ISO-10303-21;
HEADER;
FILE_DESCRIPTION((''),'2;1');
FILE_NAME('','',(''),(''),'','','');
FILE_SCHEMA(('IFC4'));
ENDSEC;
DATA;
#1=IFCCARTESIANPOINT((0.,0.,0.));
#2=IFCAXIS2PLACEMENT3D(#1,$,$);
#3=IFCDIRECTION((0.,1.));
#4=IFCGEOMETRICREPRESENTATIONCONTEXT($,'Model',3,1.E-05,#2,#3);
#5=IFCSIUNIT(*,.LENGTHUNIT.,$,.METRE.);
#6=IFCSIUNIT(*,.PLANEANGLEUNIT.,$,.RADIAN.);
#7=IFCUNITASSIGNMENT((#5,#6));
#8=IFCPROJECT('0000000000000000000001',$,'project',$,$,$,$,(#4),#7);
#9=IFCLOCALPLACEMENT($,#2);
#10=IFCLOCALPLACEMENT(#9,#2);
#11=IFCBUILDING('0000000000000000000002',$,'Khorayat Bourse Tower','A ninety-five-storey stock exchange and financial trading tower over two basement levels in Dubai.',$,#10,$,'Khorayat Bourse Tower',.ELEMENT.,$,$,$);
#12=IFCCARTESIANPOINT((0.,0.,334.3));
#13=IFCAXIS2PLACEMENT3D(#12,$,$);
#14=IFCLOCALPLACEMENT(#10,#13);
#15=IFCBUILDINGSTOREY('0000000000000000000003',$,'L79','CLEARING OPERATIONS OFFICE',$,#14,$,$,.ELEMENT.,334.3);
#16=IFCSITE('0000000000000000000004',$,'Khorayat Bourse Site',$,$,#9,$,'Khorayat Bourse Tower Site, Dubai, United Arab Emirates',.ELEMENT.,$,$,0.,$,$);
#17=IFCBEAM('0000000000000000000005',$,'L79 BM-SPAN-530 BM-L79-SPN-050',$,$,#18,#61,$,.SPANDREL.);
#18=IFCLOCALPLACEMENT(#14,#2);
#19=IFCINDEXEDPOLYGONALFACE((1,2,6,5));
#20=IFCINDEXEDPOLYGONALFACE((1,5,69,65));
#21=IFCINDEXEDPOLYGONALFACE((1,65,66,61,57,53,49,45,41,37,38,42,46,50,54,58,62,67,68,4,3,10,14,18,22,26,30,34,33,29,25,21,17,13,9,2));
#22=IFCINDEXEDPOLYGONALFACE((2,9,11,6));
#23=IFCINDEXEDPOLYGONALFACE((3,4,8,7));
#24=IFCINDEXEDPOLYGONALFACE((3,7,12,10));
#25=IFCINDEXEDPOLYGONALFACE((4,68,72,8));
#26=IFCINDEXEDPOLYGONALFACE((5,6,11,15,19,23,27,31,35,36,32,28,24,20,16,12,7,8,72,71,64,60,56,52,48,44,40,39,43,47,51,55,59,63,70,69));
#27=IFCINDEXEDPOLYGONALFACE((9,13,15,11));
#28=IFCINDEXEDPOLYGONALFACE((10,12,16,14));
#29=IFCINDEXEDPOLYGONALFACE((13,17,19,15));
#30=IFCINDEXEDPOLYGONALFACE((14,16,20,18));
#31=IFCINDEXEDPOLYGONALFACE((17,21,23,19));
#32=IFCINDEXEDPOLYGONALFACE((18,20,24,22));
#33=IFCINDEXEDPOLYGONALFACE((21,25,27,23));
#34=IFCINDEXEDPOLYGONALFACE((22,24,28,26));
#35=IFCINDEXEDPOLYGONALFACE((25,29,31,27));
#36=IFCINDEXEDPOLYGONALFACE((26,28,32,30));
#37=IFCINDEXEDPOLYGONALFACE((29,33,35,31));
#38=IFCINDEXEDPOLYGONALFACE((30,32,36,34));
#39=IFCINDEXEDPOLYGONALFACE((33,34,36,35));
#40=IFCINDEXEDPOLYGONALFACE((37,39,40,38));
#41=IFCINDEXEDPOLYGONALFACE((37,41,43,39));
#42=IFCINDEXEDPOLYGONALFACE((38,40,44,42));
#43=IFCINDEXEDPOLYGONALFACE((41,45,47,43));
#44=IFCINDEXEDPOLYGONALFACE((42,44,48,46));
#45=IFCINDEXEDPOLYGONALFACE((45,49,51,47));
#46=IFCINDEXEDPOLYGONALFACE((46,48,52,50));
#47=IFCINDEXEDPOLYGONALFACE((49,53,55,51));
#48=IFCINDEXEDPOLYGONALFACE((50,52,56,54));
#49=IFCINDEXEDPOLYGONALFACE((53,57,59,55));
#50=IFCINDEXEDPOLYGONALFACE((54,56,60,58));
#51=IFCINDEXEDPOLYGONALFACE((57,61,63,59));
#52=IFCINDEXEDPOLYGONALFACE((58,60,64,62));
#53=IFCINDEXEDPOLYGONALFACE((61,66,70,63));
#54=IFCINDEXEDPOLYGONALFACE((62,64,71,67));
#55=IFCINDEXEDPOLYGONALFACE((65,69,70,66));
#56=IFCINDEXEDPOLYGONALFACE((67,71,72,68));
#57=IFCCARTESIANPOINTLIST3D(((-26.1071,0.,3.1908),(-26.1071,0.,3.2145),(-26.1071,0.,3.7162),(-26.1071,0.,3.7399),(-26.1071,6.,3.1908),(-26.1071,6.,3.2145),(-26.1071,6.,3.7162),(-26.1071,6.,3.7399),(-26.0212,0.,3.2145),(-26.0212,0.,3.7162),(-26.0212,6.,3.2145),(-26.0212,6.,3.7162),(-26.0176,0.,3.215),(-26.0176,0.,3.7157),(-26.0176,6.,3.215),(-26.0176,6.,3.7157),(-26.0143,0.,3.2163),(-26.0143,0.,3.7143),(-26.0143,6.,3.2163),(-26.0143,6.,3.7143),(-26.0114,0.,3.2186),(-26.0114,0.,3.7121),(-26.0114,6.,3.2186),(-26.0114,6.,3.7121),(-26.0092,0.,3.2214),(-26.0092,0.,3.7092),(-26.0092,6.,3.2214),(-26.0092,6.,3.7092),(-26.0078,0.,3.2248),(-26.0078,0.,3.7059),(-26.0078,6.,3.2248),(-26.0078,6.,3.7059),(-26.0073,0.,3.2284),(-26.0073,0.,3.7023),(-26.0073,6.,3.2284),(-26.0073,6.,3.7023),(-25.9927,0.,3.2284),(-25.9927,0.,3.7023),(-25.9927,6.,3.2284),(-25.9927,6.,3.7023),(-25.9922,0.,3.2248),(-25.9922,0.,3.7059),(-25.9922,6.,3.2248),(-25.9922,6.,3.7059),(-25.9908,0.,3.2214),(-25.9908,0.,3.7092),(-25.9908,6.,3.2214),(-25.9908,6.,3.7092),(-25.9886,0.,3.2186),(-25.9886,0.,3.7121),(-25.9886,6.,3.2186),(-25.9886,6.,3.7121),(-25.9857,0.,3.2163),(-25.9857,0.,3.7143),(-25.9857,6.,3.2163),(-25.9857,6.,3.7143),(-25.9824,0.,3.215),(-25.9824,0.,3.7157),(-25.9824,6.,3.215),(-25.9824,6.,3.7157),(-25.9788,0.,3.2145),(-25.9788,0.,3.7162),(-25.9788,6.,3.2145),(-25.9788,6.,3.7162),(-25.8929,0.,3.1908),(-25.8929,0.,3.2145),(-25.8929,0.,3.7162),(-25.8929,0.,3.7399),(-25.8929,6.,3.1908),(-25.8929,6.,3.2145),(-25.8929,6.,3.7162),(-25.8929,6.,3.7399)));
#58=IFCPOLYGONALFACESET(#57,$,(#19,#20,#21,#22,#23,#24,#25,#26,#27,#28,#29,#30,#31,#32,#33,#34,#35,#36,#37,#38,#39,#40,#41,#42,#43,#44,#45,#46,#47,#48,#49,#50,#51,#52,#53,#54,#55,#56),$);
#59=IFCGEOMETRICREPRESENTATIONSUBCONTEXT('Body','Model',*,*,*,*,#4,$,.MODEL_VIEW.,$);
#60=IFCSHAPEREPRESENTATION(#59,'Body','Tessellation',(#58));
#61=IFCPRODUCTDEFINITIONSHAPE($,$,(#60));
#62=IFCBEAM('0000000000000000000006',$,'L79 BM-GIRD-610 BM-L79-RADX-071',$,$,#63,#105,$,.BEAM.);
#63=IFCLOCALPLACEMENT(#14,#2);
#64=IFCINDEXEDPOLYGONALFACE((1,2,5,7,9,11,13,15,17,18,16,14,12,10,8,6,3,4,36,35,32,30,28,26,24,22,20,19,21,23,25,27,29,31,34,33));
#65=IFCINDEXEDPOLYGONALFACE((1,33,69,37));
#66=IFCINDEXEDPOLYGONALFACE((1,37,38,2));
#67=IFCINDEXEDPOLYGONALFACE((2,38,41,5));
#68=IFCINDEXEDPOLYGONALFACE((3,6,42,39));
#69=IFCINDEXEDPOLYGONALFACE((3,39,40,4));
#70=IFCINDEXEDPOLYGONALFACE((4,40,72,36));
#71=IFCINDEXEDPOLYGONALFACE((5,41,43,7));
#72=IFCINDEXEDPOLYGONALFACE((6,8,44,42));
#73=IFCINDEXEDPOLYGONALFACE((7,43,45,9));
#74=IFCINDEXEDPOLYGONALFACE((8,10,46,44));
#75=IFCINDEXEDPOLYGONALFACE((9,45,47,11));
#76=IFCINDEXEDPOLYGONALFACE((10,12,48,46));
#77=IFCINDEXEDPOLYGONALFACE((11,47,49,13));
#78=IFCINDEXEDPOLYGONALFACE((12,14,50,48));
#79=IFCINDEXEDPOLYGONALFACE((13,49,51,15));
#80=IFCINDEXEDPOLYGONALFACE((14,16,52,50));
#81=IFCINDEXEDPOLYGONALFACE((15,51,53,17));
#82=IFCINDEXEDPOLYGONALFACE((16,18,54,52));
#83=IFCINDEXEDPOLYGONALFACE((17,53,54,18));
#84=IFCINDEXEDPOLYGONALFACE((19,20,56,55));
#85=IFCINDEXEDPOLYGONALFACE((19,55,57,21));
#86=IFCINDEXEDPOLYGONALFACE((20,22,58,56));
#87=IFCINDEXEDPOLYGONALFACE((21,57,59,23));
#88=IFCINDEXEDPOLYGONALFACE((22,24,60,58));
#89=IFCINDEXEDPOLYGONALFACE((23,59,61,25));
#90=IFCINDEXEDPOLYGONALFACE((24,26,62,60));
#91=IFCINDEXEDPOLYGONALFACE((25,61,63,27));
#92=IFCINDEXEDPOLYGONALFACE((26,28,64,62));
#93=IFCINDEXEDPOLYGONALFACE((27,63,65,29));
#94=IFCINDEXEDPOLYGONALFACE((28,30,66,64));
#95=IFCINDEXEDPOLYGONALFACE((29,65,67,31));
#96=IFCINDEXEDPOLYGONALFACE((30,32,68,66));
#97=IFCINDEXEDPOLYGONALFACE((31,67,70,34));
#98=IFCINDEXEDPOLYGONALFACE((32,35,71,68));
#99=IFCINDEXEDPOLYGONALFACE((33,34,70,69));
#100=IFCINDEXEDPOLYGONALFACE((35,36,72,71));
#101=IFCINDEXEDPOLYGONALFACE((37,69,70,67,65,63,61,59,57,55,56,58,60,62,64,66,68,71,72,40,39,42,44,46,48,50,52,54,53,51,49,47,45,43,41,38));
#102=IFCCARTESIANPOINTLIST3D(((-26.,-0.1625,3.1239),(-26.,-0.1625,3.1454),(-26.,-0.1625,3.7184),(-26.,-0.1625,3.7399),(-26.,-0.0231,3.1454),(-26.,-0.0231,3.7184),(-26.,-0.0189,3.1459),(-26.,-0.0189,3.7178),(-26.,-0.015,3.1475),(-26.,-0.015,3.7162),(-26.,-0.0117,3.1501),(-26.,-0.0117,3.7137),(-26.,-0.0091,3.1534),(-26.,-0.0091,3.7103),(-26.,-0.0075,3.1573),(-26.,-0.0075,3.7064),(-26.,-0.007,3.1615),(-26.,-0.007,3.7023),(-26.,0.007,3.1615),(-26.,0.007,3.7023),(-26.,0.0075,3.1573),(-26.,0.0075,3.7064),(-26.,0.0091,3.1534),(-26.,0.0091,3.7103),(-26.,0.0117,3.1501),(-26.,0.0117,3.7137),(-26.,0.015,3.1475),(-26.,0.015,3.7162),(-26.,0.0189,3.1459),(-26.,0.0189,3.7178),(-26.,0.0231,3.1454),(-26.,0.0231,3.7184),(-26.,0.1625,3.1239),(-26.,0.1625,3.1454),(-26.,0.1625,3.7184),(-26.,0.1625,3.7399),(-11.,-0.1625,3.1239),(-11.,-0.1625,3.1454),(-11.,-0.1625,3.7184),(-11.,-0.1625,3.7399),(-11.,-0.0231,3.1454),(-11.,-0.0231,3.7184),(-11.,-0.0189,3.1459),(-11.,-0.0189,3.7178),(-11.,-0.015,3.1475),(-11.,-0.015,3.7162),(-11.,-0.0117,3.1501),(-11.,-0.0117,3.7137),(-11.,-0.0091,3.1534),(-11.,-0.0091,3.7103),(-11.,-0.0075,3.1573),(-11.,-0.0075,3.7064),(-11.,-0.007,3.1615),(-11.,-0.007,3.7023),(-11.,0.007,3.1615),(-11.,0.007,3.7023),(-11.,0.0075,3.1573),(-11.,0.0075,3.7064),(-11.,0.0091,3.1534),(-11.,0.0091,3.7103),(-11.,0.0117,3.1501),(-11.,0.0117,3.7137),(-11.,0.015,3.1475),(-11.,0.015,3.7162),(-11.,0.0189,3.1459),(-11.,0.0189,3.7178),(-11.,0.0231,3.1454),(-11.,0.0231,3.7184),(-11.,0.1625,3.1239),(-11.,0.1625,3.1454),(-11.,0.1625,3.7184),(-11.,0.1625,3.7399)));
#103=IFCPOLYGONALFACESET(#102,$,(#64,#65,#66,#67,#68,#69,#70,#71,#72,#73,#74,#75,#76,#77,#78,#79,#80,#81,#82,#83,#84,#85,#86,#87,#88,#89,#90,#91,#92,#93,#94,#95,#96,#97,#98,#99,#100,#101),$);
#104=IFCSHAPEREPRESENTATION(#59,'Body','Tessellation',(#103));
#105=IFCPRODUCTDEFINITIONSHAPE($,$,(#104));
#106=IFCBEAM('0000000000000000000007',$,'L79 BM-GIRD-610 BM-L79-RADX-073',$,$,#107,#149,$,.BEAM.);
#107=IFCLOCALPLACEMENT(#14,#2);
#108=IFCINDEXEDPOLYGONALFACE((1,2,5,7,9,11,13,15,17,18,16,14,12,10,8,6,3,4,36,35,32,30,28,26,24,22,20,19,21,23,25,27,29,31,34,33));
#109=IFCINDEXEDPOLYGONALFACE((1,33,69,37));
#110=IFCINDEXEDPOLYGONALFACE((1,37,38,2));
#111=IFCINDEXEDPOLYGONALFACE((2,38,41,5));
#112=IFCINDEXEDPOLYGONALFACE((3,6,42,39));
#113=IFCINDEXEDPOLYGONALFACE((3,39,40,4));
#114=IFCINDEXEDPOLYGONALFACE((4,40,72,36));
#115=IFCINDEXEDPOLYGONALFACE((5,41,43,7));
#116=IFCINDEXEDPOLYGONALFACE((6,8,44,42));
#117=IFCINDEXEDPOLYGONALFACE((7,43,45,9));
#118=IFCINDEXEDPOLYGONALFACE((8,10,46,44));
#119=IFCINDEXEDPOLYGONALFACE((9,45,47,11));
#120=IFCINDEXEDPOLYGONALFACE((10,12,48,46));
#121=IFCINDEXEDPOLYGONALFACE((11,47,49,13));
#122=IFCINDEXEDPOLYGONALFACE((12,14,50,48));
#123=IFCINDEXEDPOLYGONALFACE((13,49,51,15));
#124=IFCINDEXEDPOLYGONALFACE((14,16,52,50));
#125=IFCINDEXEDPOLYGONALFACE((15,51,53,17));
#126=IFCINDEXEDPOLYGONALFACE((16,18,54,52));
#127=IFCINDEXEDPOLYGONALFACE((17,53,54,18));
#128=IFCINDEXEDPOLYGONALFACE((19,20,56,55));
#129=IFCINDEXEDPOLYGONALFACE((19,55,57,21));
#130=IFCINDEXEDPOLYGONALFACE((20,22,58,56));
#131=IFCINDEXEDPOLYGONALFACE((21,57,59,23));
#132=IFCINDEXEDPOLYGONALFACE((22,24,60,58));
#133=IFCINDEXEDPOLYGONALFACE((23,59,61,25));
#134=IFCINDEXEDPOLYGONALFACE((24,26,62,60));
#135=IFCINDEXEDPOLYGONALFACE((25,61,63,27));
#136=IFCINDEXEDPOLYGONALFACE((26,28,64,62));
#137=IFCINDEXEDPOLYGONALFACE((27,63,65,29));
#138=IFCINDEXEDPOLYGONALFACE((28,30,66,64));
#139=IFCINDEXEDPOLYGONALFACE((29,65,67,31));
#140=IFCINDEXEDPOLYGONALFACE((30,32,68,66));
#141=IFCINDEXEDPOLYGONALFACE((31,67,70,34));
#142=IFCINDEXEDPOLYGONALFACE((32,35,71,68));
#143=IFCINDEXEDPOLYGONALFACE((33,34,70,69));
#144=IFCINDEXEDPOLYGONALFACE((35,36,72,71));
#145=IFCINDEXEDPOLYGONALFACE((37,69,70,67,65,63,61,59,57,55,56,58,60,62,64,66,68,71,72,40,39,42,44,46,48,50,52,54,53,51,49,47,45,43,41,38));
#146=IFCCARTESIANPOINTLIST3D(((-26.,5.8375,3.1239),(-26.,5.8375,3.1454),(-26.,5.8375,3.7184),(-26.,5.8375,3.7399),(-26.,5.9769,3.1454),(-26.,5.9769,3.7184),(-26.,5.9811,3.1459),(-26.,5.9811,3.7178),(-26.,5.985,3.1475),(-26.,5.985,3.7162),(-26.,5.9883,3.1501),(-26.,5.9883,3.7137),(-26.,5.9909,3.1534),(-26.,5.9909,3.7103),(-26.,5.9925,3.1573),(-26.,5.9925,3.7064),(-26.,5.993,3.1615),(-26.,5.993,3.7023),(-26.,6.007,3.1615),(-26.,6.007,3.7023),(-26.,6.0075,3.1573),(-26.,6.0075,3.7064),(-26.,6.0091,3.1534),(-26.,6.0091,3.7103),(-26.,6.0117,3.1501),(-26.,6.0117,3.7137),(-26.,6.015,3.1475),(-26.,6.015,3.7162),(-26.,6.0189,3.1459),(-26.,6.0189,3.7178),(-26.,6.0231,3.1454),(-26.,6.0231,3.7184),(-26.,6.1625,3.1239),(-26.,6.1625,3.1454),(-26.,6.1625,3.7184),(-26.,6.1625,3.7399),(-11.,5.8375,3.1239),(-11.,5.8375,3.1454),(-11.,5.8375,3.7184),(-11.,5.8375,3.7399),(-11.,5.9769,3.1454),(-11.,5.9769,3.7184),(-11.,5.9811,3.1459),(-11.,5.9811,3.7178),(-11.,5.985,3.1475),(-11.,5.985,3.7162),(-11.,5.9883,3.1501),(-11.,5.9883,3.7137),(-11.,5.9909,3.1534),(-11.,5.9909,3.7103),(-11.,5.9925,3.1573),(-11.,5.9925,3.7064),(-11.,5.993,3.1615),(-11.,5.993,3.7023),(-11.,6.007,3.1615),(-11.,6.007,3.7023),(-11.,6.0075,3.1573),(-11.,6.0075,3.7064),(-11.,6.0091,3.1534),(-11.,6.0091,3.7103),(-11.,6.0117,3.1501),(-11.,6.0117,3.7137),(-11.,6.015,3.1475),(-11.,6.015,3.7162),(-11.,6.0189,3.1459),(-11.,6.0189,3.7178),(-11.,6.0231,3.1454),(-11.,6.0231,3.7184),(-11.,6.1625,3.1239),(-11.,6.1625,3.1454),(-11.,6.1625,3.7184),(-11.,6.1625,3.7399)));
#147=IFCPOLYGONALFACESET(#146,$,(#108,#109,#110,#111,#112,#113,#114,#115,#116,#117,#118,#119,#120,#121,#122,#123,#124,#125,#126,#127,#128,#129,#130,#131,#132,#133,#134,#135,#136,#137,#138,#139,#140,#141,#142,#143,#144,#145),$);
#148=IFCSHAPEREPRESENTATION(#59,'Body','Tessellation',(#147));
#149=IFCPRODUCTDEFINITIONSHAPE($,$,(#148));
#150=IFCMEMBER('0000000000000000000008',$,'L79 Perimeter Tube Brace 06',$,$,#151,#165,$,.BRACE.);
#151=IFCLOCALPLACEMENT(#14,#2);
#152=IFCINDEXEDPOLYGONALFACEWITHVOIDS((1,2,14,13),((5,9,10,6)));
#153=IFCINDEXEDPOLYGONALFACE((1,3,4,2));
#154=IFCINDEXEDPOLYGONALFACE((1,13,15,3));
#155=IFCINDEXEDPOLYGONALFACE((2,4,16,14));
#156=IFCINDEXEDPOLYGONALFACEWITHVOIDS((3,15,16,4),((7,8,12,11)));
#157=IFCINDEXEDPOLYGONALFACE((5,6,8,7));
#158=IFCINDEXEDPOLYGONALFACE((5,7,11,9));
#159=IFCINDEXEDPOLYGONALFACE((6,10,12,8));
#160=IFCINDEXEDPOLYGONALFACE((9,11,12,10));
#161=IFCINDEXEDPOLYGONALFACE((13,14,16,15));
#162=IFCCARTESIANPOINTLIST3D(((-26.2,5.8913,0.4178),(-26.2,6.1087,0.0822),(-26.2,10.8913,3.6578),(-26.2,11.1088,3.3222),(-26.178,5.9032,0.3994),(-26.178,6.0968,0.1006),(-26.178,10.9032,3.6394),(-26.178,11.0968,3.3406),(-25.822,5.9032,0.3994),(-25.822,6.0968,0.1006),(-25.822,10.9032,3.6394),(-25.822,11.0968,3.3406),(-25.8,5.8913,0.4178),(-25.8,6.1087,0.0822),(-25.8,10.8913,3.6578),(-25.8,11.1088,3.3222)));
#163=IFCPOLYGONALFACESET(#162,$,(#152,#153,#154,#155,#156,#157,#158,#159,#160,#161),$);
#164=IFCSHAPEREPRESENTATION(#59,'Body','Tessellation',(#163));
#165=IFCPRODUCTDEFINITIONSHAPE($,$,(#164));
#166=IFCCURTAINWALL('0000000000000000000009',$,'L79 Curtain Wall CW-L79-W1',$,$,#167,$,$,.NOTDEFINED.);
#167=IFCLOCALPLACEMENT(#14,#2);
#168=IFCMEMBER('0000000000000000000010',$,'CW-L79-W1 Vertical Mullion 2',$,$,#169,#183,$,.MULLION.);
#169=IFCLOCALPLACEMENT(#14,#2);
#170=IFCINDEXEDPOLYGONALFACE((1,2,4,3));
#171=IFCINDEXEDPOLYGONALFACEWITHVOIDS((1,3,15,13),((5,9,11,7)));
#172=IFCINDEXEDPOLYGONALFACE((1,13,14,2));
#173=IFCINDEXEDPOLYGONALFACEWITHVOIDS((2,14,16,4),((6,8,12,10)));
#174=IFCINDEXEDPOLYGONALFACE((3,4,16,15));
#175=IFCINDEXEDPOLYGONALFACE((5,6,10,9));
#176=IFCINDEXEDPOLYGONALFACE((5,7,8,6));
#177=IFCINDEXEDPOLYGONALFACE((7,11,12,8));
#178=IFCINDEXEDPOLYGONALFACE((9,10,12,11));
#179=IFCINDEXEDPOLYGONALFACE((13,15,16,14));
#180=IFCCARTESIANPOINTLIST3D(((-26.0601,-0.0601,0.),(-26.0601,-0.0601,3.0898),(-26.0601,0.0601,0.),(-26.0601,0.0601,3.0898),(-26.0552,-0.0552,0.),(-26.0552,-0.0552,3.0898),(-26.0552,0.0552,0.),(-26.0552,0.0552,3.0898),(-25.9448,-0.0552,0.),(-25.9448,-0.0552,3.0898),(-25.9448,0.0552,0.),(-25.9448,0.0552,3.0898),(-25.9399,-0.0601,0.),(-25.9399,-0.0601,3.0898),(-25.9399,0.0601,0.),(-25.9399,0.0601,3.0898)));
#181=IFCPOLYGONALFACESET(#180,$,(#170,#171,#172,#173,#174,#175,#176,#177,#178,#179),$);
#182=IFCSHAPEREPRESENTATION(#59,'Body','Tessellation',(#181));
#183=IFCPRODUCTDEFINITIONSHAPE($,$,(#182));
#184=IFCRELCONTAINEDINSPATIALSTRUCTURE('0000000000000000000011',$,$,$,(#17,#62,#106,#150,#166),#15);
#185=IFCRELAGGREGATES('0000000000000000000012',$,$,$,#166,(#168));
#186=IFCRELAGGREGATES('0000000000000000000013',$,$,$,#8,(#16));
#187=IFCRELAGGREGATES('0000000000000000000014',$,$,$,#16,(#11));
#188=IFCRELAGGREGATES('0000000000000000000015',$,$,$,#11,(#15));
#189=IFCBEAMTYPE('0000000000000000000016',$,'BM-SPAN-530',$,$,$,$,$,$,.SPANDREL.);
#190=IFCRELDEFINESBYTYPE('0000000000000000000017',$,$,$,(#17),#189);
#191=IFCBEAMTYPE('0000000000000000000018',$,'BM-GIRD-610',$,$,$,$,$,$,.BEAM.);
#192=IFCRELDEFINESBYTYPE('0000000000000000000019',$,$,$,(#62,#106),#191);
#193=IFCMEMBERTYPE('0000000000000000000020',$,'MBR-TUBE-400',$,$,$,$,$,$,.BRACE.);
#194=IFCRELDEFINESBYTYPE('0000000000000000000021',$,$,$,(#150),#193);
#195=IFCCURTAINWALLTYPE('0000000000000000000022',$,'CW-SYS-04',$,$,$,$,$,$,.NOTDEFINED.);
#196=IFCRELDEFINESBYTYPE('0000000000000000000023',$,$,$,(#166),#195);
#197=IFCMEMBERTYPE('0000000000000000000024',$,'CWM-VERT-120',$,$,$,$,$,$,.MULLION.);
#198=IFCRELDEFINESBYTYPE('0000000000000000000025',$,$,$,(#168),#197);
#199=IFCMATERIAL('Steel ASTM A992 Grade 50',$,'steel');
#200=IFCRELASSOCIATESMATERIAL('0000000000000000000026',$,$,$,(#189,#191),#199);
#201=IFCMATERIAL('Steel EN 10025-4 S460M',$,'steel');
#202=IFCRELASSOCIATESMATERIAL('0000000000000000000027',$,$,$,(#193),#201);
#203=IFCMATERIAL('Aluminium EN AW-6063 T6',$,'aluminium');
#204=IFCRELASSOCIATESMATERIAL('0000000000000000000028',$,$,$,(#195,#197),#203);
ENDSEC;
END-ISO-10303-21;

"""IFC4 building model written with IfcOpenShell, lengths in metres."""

from ifc_helpers import new_model, si_unit, direction, frame, origin, origin_2d, place, context, subcontext, project, spatial, hollow_rectangle, i_section, extrude, source, transform, mapped, material, material_profile, profile_set, type_object, element, aggregate, save


model = new_model("IFC4")

# Units and contexts
model_context = context("Model", 3, precision=1e-05, world=origin(), true_north=direction((0.0, 1.0)))
body_context = subcontext(model_context, "Body", "Model", "MODEL_VIEW")
ifc_project = project(units=[si_unit("LENGTHUNIT", "METRE"), si_unit("PLANEANGLEUNIT", "RADIAN")], contexts=[model_context])

# Site, building, storey
site_placement = place(None, origin())
site = spatial("IfcSite", under=ifc_project, at=site_placement, Name="Khorayat Bourse Site", LongName="Khorayat Bourse Tower Site, Dubai, United Arab Emirates", CompositionType="ELEMENT", RefElevation=0.0)
building_placement = place(site_placement, origin())
building = spatial("IfcBuilding", under=site, at=building_placement, Name="Khorayat Bourse Tower", Description="A ninety-five-storey stock exchange and financial trading tower over two basement levels in Dubai.", LongName="Khorayat Bourse Tower", CompositionType="ELEMENT")
storey_placement = place(building_placement, frame((0.0, 0.0, 334.3)))
storey = spatial("IfcBuildingStorey", under=building, at=storey_placement, Name="L79", Description="CLEARING OPERATIONS OFFICE", CompositionType="ELEMENT", Elevation=334.3)

# Beams
ifc_material_1 = material(Name="Steel ASTM A992 Grade 50", Category="steel")
ifc_material_profile_1 = material_profile(ifc_material_1, i_section(OverallWidth=0.2141, OverallDepth=0.5491, WebThickness=0.0146, FlangeThickness=0.0237, FilletRadius=0.0139, at=origin_2d()), Name="W530X138")
ifc_profile_set_1 = profile_set([ifc_material_profile_1], Name="Steel ASTM A992 Grade 50")
beam_type_1 = type_object("IfcBeamType", Name="BM-SPAN-530", PredefinedType="SPANDREL", material=ifc_profile_set_1)
shared_shape_1 = source(origin(), body_context, "Body", "SweptSolid", [
    extrude(i_section(OverallWidth=0.2141, OverallDepth=0.5491, WebThickness=0.0146, FlangeThickness=0.0237, FilletRadius=0.0139, at=origin_2d()), origin(), (0.0, 0.0, 1.0), 6.0),
])
beam_1_placement = place(storey_placement, frame((-26.0, 0.0, 3.4653), z_axis=(0.0, 1.0, 0.0), x_axis=(-1.0, 0.0, 0.0)))
element("IfcBeam", 1, at=beam_1_placement, inside=storey, type_object=beam_type_1, Name="L79 BM-SPAN-530 BM-L79-SPN-050", PredefinedType="SPANDREL", context=body_context, shape_type="MappedRepresentation", body=[
    mapped(shared_shape_1, transform((0.0, 0.0, 0.0), scale=1.0)),
])
ifc_material_profile_2 = material_profile(ifc_material_1, i_section(OverallWidth=0.325, OverallDepth=0.616, WebThickness=0.0139, FlangeThickness=0.0215, FilletRadius=0.0161, at=origin_2d()), Name="W610X174")
ifc_profile_set_2 = profile_set([ifc_material_profile_2], Name="Steel ASTM A992 Grade 50")
beam_type_2 = type_object("IfcBeamType", Name="BM-GIRD-610", PredefinedType="BEAM", material=ifc_profile_set_2)
shared_shape_2 = source(origin(), body_context, "Body", "SweptSolid", [
    extrude(i_section(OverallWidth=0.325, OverallDepth=0.616, WebThickness=0.0139, FlangeThickness=0.0215, FilletRadius=0.0161, at=origin_2d()), origin(), (0.0, 0.0, 1.0), 15.0),
])
for number, where, z_axis, x_axis, name in (
    (2, (-26.0, 0.0, 3.4319), (1.0, 0.0, 0.0), (0.0, 1.0, 0.0), "L79 BM-GIRD-610 BM-L79-RADX-071"),
    (3, (-26.0, 6.0, 3.4319), (1.0, 0.0, 0.0), (0.0, 1.0, 0.0), "L79 BM-GIRD-610 BM-L79-RADX-073"),
):
    element("IfcBeam", number, at=place(storey_placement, frame(where, z_axis=z_axis, x_axis=x_axis)), inside=storey, type_object=beam_type_2, Name=name, PredefinedType="BEAM", context=body_context, shape_type="MappedRepresentation", body=[
        mapped(shared_shape_2, transform((0.0, 0.0, 0.0), scale=1.0)),
    ])

# Member
ifc_material_2 = material(Name="Steel EN 10025-4 S460M", Category="steel")
ifc_material_profile_3 = material_profile(ifc_material_2, hollow_rectangle(XDim=0.3999, YDim=0.3999, WallThickness=0.022, at=origin_2d()), Name="HSS 400x400x22")
ifc_profile_set_3 = profile_set([ifc_material_profile_3], Name="Steel EN 10025-4 S460M")
member_type_1 = type_object("IfcMemberType", Name="MBR-TUBE-400", PredefinedType="BRACE", material=ifc_profile_set_3)
shared_shape_3 = source(origin(), body_context, "Body", "SweptSolid", [
    extrude(hollow_rectangle(XDim=0.3999, YDim=0.3999, WallThickness=0.022, at=origin_2d()), origin(), (0.0, 0.0, 1.0), 5.958),
])
member_1_placement = place(storey_placement, frame((-26.0, 6.0, 0.25), z_axis=(0.0, 0.83921, 0.543807), x_axis=(-1.0, 0.0, 0.0)))
element("IfcMember", 4, at=member_1_placement, inside=storey, type_object=member_type_1, Name="L79 Perimeter Tube Brace 06", PredefinedType="BRACE", context=body_context, shape_type="MappedRepresentation", body=[
    mapped(shared_shape_3, transform((0.0, 0.0, 0.0), scale=1.0)),
])

# Curtain wall, member
ifc_material_3 = material(Name="Aluminium EN AW-6063 T6", Category="aluminium")
curtain_wall_type = type_object("IfcCurtainWallType", Name="CW-SYS-04", PredefinedType="NOTDEFINED", material=ifc_material_3)
curtain_wall_placement = place(storey_placement, origin())
curtain_wall = element("IfcCurtainWall", 5, at=curtain_wall_placement, inside=storey, type_object=curtain_wall_type, Name="L79 Curtain Wall CW-L79-W1", PredefinedType="NOTDEFINED")
ifc_material_profile_4 = material_profile(ifc_material_3, hollow_rectangle(XDim=0.1201, YDim=0.1201, WallThickness=0.0049, at=origin_2d()), Name="ALU 120x120x5")
ifc_profile_set_4 = profile_set([ifc_material_profile_4], Name="Aluminium EN AW-6063 T6")
member_type_2 = type_object("IfcMemberType", Name="CWM-VERT-120", PredefinedType="MULLION", material=ifc_profile_set_4)
shared_shape_4 = source(origin(), body_context, "Body", "SweptSolid", [
    extrude(hollow_rectangle(XDim=0.1201, YDim=0.1201, WallThickness=0.0049, at=origin_2d()), origin(), (0.0, 0.0, 1.0), 3.0898),
])
member_2_placement = place(storey_placement, frame((-26.0, 0.0, 0.0), z_axis=(0.0, 0.0, 1.0), x_axis=(-1.0, 0.0, 0.0)))
member_2 = element("IfcMember", 6, at=member_2_placement, type_object=member_type_2, Name="CW-L79-W1 Vertical Mullion 2", PredefinedType="MULLION", context=body_context, shape_type="MappedRepresentation", body=[
    mapped(shared_shape_4, transform((0.0, 0.0, 0.0), scale=1.0)),
])

aggregate(curtain_wall, [member_2])

save(model, "model.ifc")
